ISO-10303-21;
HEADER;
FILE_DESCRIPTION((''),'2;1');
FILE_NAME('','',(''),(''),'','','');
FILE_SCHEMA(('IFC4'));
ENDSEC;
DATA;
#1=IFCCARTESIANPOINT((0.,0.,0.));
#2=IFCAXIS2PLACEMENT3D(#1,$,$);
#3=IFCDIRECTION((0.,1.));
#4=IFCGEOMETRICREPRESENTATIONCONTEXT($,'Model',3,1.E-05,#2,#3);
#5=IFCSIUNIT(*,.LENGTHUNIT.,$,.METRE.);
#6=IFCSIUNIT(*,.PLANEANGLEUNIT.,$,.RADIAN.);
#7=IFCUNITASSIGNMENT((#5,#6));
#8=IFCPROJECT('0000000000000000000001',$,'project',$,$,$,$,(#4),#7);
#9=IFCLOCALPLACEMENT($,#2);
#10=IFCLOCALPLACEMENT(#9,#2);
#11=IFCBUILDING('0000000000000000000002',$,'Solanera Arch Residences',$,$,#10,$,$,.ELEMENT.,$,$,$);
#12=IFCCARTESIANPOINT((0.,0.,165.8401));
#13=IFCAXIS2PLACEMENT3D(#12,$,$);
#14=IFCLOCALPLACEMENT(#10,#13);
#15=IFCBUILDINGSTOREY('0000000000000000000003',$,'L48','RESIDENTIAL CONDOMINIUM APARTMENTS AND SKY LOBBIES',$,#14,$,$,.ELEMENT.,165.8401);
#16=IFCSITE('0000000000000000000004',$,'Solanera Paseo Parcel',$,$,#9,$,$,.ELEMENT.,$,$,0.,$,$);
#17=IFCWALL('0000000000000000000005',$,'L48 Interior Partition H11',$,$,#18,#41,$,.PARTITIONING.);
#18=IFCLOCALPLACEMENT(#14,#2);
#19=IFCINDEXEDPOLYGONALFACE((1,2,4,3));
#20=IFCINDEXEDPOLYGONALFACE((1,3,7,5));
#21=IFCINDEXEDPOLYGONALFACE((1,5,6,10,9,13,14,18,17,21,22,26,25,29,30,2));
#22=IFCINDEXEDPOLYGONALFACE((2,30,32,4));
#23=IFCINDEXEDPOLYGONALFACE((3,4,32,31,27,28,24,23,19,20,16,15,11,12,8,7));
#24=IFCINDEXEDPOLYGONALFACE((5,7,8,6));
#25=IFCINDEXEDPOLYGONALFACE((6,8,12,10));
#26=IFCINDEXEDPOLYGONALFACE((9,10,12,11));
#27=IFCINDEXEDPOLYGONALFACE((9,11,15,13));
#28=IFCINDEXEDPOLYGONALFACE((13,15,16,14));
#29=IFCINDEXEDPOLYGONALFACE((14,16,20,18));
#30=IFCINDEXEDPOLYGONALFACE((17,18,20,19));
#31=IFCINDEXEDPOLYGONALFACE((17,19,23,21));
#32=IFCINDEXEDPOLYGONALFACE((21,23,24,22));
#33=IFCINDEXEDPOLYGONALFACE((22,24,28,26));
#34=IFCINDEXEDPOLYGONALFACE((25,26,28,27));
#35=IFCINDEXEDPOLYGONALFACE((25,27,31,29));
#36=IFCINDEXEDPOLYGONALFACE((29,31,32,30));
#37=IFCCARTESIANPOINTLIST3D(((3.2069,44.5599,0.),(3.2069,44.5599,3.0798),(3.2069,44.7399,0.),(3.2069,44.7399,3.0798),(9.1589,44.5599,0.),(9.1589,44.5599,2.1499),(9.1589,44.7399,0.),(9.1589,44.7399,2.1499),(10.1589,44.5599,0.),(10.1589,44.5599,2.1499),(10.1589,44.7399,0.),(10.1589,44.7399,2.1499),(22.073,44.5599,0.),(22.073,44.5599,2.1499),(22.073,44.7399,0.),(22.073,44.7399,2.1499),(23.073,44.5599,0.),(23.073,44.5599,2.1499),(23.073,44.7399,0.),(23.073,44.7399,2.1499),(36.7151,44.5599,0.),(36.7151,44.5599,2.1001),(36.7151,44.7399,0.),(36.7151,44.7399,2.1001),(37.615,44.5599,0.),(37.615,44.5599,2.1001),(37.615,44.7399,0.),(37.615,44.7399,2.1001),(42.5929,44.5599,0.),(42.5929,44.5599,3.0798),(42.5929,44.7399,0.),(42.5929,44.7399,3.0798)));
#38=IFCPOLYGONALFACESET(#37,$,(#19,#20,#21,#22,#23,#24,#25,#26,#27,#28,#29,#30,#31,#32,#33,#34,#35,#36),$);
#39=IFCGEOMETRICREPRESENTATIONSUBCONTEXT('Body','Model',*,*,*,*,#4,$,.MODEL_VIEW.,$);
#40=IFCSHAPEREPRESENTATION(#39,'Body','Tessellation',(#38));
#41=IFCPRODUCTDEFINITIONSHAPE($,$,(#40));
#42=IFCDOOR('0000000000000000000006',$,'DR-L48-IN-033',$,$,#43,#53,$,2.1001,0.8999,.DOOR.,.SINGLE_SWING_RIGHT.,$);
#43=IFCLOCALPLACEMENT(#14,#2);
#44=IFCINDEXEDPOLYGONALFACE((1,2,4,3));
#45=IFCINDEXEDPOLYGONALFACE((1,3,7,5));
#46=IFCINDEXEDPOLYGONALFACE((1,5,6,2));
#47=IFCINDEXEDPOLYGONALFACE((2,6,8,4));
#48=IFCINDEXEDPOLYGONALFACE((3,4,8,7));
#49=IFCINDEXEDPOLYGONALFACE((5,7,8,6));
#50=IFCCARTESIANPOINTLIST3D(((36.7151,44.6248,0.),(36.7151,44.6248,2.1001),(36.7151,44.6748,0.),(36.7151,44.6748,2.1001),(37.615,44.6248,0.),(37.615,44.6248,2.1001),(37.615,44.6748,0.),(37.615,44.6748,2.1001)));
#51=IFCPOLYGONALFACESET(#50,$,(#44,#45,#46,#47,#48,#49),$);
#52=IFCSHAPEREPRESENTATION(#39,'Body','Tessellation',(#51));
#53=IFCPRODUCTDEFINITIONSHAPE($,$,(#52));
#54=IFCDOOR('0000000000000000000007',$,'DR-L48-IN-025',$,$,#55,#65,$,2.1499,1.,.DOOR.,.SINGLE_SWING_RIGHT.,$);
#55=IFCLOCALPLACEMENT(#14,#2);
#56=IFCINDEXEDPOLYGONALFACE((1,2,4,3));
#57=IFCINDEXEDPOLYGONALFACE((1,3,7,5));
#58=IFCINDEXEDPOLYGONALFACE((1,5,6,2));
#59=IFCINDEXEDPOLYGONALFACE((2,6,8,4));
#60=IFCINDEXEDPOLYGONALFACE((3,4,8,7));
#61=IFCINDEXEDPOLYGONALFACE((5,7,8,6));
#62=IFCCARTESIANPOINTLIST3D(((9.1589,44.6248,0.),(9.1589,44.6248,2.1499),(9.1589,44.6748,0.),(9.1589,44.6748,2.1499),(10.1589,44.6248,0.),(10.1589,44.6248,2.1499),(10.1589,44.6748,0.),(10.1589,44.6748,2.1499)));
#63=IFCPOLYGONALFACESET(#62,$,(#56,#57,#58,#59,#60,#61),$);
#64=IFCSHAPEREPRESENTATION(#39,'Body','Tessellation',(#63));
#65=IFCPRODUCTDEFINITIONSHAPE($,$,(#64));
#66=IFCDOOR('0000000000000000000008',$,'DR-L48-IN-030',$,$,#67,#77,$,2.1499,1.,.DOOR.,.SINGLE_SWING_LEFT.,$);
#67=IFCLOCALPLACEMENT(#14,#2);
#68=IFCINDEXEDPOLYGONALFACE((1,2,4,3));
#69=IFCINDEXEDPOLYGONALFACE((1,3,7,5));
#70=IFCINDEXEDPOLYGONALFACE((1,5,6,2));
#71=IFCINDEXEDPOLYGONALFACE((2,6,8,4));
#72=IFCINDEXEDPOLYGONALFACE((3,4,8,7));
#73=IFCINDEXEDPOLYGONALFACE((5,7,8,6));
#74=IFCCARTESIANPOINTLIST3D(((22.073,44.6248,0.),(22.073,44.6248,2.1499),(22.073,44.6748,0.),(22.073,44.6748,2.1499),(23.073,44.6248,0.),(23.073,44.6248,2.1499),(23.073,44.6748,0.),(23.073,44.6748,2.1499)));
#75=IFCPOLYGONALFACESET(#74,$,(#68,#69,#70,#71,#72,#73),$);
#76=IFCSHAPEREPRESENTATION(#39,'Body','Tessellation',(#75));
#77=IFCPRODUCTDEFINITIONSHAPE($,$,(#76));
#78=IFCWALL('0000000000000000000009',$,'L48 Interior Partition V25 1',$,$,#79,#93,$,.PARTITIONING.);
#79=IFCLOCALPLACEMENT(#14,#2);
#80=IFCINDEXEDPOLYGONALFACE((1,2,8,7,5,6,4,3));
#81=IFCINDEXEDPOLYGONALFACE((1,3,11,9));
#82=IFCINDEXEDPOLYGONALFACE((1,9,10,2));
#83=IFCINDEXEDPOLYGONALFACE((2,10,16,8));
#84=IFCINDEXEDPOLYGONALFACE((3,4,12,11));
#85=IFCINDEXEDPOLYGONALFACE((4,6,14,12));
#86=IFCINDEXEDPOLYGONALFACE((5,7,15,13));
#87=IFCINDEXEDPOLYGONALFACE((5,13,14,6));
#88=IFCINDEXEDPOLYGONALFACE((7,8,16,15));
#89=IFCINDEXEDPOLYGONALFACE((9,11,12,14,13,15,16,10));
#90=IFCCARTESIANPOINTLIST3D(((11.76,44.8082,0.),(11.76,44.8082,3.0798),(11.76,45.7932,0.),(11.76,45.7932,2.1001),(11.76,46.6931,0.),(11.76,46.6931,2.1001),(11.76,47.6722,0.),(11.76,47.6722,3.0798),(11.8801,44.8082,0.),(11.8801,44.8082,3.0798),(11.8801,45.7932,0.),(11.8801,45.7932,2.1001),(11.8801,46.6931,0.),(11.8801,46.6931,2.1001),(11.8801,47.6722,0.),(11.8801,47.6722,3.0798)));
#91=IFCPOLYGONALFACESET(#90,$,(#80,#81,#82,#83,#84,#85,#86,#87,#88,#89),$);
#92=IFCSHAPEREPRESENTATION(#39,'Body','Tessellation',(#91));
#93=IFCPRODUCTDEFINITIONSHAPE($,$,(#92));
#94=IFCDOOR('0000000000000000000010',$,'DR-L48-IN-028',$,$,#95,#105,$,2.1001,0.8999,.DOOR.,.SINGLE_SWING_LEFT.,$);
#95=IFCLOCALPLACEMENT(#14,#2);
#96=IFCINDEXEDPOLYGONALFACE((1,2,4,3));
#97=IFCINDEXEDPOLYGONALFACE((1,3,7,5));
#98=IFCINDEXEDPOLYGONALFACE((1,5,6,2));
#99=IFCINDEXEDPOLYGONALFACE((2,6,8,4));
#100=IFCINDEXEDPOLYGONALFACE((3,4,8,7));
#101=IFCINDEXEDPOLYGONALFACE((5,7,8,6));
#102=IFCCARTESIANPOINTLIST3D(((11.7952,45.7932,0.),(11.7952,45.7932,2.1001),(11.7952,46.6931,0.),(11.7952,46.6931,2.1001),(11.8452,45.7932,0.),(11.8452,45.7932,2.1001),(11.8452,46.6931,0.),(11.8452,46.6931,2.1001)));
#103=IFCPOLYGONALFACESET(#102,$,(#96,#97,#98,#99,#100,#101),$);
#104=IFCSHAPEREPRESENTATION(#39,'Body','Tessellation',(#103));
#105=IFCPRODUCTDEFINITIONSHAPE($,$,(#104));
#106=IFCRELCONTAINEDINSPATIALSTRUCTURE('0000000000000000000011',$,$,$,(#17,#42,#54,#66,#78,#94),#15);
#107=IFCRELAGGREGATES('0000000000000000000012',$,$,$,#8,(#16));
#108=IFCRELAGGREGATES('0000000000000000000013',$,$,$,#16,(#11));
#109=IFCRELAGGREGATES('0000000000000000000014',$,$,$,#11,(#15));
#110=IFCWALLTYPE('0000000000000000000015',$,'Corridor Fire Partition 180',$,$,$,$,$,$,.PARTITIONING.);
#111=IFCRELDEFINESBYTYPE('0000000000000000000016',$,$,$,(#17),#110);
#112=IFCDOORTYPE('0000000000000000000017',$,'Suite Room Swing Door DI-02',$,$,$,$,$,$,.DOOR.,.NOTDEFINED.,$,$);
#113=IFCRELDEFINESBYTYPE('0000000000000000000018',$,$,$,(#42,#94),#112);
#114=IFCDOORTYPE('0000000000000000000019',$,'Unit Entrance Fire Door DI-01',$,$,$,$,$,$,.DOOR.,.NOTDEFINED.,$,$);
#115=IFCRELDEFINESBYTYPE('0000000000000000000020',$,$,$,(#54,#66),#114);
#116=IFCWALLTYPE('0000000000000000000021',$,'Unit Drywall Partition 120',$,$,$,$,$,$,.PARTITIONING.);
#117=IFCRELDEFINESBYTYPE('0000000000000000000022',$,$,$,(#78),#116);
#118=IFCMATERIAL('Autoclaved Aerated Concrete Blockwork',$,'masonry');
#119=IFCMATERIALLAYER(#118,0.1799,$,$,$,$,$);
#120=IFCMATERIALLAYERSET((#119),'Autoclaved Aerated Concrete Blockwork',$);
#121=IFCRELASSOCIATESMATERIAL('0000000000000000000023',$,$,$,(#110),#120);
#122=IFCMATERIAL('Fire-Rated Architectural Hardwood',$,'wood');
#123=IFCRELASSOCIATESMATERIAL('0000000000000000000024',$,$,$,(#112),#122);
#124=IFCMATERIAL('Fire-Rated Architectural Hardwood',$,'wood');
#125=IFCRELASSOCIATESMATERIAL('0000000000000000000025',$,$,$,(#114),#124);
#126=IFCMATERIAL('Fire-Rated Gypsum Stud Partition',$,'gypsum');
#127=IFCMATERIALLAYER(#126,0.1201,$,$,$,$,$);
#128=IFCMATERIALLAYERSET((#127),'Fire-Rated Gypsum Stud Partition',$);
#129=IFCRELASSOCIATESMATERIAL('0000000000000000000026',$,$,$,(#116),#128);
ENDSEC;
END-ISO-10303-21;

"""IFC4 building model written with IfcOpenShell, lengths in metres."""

from ifc_helpers import new_model, si_unit, direction, frame, frame_2d, origin, place, context, subcontext, project, spatial, rectangle, extrude, material, layer, layer_set, type_object, element, fill, save


model = new_model("IFC4")

# Units and contexts
model_context = context("Model", 3, precision=1e-05, world=origin(), true_north=direction((0.0, 1.0)))
body_context = subcontext(model_context, "Body", "Model", "MODEL_VIEW")
ifc_project = project(units=[si_unit("LENGTHUNIT", "METRE"), si_unit("PLANEANGLEUNIT", "RADIAN")], contexts=[model_context])

# Site, building, storey
site_placement = place(None, origin())
site = spatial("IfcSite", under=ifc_project, at=site_placement, Name="Solanera Paseo Parcel", CompositionType="ELEMENT", RefElevation=0.0)
building_placement = place(site_placement, origin())
building = spatial("IfcBuilding", under=site, at=building_placement, Name="Solanera Arch Residences", CompositionType="ELEMENT")
storey_placement = place(building_placement, frame((0.0, 0.0, 165.8401)))
storey = spatial("IfcBuildingStorey", under=building, at=storey_placement, Name="L48", Description="RESIDENTIAL CONDOMINIUM APARTMENTS AND SKY LOBBIES", CompositionType="ELEMENT", Elevation=165.8401)

# Wall, openings, doors
ifc_material_1 = material(Name="Autoclaved Aerated Concrete Blockwork", Category="masonry")
ifc_layer_1 = layer(ifc_material_1, 0.1799)
ifc_layer_set_1 = layer_set([ifc_layer_1], Name="Autoclaved Aerated Concrete Blockwork")
wall_type_1 = type_object("IfcWallType", Name="Corridor Fire Partition 180", PredefinedType="PARTITIONING", material=ifc_layer_set_1)
wall_1_placement = place(storey_placement, frame((3.207, 44.6499, 0.0), z_axis=(0.0, 0.0, 1.0), x_axis=(1.0, 0.0, 0.0)))
wall_1 = element("IfcWall", 1, at=wall_1_placement, inside=storey, type_object=wall_type_1, Name="L48 Interior Partition H11", PredefinedType="PARTITIONING", context=body_context, shape_type="SweptSolid", body=[
    extrude(rectangle(XDim=39.386, YDim=0.1799, at=frame_2d((19.6929, 0.0))), origin(), (0.0, 0.0, 1.0), 3.0798),
])
opening_1_placement = place(wall_1_placement, frame((5.9519, 0.0, 0.0)))
opening_1 = element("IfcOpeningElement", 2, at=opening_1_placement, cuts=wall_1, PredefinedType="OPENING", context=body_context, shape_type="SweptSolid", body=[
    extrude(rectangle(XDim=1.0, YDim=2.1499, at=frame_2d((0.5, 1.075))), frame((0.0, 0.1001, 0.0), z_axis=(0.0, -1.0, 0.0), x_axis=(1.0, 0.0, 0.0)), (0.0, 0.0, 1.0), 0.1999),
])
opening_2_placement = place(wall_1_placement, frame((18.866, 0.0, 0.0)))
opening_2 = element("IfcOpeningElement", 3, at=opening_2_placement, cuts=wall_1, PredefinedType="OPENING", context=body_context, shape_type="SweptSolid", body=[
    extrude(rectangle(XDim=1.0, YDim=2.1499, at=frame_2d((0.5, 1.075))), frame((0.0, 0.1001, 0.0), z_axis=(0.0, -1.0, 0.0), x_axis=(1.0, 0.0, 0.0)), (0.0, 0.0, 1.0), 0.1999),
])
opening_3_placement = place(wall_1_placement, frame((33.5081, 0.0, 0.0)))
opening_3 = element("IfcOpeningElement", 4, at=opening_3_placement, cuts=wall_1, PredefinedType="OPENING", context=body_context, shape_type="SweptSolid", body=[
    extrude(rectangle(XDim=0.8999, YDim=2.1001, at=frame_2d((0.45, 1.05))), frame((0.0, 0.1001, 0.0), z_axis=(0.0, -1.0, 0.0), x_axis=(1.0, 0.0, 0.0)), (0.0, 0.0, 1.0), 0.1999),
])
ifc_material_2 = material(Name="Fire-Rated Architectural Hardwood", Category="wood")
door_type_1 = type_object("IfcDoorType", Name="Suite Room Swing Door DI-02", OperationType="NOTDEFINED", PredefinedType="DOOR", material=ifc_material_2)
door_1_placement = place(opening_3_placement, origin())
door_1 = element("IfcDoor", 5, at=door_1_placement, inside=storey, type_object=door_type_1, Name="DR-L48-IN-033", OperationType="SINGLE_SWING_RIGHT", OverallHeight=2.1001, OverallWidth=0.8999, PredefinedType="DOOR", context=body_context, shape_type="SweptSolid", body=[
    extrude(rectangle(XDim=0.8999, YDim=2.1001, at=frame_2d((0.45, 1.05))), frame((0.0, 0.0249, 0.0), z_axis=(0.0, -1.0, 0.0), x_axis=(1.0, 0.0, 0.0)), (0.0, 0.0, 1.0), 0.05),
])
fill(opening_3, door_1)
ifc_material_3 = material(Name="Fire-Rated Architectural Hardwood", Category="wood")
door_type_2 = type_object("IfcDoorType", Name="Unit Entrance Fire Door DI-01", OperationType="NOTDEFINED", PredefinedType="DOOR", material=ifc_material_3)
door_2_placement = place(opening_1_placement, origin())
door_2 = element("IfcDoor", 6, at=door_2_placement, inside=storey, type_object=door_type_2, Name="DR-L48-IN-025", OperationType="SINGLE_SWING_RIGHT", OverallHeight=2.1499, OverallWidth=1.0, PredefinedType="DOOR", context=body_context, shape_type="SweptSolid", body=[
    extrude(rectangle(XDim=1.0, YDim=2.1499, at=frame_2d((0.5, 1.075))), frame((0.0, 0.0249, 0.0), z_axis=(0.0, -1.0, 0.0), x_axis=(1.0, 0.0, 0.0)), (0.0, 0.0, 1.0), 0.05),
])
fill(opening_1, door_2)
door_3_placement = place(opening_2_placement, origin())
door_3 = element("IfcDoor", 7, at=door_3_placement, inside=storey, type_object=door_type_2, Name="DR-L48-IN-030", OperationType="SINGLE_SWING_LEFT", OverallHeight=2.1499, OverallWidth=1.0, PredefinedType="DOOR", context=body_context, shape_type="SweptSolid", body=[
    extrude(rectangle(XDim=1.0, YDim=2.1499, at=frame_2d((0.5, 1.075))), frame((0.0, 0.0249, 0.0), z_axis=(0.0, -1.0, 0.0), x_axis=(1.0, 0.0, 0.0)), (0.0, 0.0, 1.0), 0.05),
])
fill(opening_2, door_3)

# Wall, opening, door
ifc_material_4 = material(Name="Fire-Rated Gypsum Stud Partition", Category="gypsum")
ifc_layer_2 = layer(ifc_material_4, 0.1201)
ifc_layer_set_2 = layer_set([ifc_layer_2], Name="Fire-Rated Gypsum Stud Partition")
wall_type_2 = type_object("IfcWallType", Name="Unit Drywall Partition 120", PredefinedType="PARTITIONING", material=ifc_layer_set_2)
wall_2_placement = place(storey_placement, frame((11.8201, 44.8081, 0.0), z_axis=(0.0, 0.0, 1.0), x_axis=(0.0, 1.0, 0.0)))
wall_2 = element("IfcWall", 8, at=wall_2_placement, inside=storey, type_object=wall_type_2, Name="L48 Interior Partition V25 1", PredefinedType="PARTITIONING", context=body_context, shape_type="SweptSolid", body=[
    extrude(rectangle(XDim=2.864, YDim=0.1201, at=frame_2d((1.4321, 0.0))), origin(), (0.0, 0.0, 1.0), 3.0798),
])
opening_4_placement = place(wall_2_placement, frame((0.9851, 0.0, 0.0)))
opening_4 = element("IfcOpeningElement", 9, at=opening_4_placement, cuts=wall_2, PredefinedType="OPENING", context=body_context, shape_type="SweptSolid", body=[
    extrude(rectangle(XDim=0.8999, YDim=2.1001, at=frame_2d((0.45, 1.05))), frame((0.0, 0.0701, 0.0), z_axis=(0.0, -1.0, 0.0), x_axis=(1.0, 0.0, 0.0)), (0.0, 0.0, 1.0), 0.1401),
])
door_4_placement = place(opening_4_placement, origin())
door_4 = element("IfcDoor", 10, at=door_4_placement, inside=storey, type_object=door_type_1, Name="DR-L48-IN-028", OperationType="SINGLE_SWING_LEFT", OverallHeight=2.1001, OverallWidth=0.8999, PredefinedType="DOOR", context=body_context, shape_type="SweptSolid", body=[
    extrude(rectangle(XDim=0.8999, YDim=2.1001, at=frame_2d((0.45, 1.05))), frame((0.0, 0.0249, 0.0), z_axis=(0.0, -1.0, 0.0), x_axis=(1.0, 0.0, 0.0)), (0.0, 0.0, 1.0), 0.05),
])
fill(opening_4, door_4)

save(model, "model.ifc")
